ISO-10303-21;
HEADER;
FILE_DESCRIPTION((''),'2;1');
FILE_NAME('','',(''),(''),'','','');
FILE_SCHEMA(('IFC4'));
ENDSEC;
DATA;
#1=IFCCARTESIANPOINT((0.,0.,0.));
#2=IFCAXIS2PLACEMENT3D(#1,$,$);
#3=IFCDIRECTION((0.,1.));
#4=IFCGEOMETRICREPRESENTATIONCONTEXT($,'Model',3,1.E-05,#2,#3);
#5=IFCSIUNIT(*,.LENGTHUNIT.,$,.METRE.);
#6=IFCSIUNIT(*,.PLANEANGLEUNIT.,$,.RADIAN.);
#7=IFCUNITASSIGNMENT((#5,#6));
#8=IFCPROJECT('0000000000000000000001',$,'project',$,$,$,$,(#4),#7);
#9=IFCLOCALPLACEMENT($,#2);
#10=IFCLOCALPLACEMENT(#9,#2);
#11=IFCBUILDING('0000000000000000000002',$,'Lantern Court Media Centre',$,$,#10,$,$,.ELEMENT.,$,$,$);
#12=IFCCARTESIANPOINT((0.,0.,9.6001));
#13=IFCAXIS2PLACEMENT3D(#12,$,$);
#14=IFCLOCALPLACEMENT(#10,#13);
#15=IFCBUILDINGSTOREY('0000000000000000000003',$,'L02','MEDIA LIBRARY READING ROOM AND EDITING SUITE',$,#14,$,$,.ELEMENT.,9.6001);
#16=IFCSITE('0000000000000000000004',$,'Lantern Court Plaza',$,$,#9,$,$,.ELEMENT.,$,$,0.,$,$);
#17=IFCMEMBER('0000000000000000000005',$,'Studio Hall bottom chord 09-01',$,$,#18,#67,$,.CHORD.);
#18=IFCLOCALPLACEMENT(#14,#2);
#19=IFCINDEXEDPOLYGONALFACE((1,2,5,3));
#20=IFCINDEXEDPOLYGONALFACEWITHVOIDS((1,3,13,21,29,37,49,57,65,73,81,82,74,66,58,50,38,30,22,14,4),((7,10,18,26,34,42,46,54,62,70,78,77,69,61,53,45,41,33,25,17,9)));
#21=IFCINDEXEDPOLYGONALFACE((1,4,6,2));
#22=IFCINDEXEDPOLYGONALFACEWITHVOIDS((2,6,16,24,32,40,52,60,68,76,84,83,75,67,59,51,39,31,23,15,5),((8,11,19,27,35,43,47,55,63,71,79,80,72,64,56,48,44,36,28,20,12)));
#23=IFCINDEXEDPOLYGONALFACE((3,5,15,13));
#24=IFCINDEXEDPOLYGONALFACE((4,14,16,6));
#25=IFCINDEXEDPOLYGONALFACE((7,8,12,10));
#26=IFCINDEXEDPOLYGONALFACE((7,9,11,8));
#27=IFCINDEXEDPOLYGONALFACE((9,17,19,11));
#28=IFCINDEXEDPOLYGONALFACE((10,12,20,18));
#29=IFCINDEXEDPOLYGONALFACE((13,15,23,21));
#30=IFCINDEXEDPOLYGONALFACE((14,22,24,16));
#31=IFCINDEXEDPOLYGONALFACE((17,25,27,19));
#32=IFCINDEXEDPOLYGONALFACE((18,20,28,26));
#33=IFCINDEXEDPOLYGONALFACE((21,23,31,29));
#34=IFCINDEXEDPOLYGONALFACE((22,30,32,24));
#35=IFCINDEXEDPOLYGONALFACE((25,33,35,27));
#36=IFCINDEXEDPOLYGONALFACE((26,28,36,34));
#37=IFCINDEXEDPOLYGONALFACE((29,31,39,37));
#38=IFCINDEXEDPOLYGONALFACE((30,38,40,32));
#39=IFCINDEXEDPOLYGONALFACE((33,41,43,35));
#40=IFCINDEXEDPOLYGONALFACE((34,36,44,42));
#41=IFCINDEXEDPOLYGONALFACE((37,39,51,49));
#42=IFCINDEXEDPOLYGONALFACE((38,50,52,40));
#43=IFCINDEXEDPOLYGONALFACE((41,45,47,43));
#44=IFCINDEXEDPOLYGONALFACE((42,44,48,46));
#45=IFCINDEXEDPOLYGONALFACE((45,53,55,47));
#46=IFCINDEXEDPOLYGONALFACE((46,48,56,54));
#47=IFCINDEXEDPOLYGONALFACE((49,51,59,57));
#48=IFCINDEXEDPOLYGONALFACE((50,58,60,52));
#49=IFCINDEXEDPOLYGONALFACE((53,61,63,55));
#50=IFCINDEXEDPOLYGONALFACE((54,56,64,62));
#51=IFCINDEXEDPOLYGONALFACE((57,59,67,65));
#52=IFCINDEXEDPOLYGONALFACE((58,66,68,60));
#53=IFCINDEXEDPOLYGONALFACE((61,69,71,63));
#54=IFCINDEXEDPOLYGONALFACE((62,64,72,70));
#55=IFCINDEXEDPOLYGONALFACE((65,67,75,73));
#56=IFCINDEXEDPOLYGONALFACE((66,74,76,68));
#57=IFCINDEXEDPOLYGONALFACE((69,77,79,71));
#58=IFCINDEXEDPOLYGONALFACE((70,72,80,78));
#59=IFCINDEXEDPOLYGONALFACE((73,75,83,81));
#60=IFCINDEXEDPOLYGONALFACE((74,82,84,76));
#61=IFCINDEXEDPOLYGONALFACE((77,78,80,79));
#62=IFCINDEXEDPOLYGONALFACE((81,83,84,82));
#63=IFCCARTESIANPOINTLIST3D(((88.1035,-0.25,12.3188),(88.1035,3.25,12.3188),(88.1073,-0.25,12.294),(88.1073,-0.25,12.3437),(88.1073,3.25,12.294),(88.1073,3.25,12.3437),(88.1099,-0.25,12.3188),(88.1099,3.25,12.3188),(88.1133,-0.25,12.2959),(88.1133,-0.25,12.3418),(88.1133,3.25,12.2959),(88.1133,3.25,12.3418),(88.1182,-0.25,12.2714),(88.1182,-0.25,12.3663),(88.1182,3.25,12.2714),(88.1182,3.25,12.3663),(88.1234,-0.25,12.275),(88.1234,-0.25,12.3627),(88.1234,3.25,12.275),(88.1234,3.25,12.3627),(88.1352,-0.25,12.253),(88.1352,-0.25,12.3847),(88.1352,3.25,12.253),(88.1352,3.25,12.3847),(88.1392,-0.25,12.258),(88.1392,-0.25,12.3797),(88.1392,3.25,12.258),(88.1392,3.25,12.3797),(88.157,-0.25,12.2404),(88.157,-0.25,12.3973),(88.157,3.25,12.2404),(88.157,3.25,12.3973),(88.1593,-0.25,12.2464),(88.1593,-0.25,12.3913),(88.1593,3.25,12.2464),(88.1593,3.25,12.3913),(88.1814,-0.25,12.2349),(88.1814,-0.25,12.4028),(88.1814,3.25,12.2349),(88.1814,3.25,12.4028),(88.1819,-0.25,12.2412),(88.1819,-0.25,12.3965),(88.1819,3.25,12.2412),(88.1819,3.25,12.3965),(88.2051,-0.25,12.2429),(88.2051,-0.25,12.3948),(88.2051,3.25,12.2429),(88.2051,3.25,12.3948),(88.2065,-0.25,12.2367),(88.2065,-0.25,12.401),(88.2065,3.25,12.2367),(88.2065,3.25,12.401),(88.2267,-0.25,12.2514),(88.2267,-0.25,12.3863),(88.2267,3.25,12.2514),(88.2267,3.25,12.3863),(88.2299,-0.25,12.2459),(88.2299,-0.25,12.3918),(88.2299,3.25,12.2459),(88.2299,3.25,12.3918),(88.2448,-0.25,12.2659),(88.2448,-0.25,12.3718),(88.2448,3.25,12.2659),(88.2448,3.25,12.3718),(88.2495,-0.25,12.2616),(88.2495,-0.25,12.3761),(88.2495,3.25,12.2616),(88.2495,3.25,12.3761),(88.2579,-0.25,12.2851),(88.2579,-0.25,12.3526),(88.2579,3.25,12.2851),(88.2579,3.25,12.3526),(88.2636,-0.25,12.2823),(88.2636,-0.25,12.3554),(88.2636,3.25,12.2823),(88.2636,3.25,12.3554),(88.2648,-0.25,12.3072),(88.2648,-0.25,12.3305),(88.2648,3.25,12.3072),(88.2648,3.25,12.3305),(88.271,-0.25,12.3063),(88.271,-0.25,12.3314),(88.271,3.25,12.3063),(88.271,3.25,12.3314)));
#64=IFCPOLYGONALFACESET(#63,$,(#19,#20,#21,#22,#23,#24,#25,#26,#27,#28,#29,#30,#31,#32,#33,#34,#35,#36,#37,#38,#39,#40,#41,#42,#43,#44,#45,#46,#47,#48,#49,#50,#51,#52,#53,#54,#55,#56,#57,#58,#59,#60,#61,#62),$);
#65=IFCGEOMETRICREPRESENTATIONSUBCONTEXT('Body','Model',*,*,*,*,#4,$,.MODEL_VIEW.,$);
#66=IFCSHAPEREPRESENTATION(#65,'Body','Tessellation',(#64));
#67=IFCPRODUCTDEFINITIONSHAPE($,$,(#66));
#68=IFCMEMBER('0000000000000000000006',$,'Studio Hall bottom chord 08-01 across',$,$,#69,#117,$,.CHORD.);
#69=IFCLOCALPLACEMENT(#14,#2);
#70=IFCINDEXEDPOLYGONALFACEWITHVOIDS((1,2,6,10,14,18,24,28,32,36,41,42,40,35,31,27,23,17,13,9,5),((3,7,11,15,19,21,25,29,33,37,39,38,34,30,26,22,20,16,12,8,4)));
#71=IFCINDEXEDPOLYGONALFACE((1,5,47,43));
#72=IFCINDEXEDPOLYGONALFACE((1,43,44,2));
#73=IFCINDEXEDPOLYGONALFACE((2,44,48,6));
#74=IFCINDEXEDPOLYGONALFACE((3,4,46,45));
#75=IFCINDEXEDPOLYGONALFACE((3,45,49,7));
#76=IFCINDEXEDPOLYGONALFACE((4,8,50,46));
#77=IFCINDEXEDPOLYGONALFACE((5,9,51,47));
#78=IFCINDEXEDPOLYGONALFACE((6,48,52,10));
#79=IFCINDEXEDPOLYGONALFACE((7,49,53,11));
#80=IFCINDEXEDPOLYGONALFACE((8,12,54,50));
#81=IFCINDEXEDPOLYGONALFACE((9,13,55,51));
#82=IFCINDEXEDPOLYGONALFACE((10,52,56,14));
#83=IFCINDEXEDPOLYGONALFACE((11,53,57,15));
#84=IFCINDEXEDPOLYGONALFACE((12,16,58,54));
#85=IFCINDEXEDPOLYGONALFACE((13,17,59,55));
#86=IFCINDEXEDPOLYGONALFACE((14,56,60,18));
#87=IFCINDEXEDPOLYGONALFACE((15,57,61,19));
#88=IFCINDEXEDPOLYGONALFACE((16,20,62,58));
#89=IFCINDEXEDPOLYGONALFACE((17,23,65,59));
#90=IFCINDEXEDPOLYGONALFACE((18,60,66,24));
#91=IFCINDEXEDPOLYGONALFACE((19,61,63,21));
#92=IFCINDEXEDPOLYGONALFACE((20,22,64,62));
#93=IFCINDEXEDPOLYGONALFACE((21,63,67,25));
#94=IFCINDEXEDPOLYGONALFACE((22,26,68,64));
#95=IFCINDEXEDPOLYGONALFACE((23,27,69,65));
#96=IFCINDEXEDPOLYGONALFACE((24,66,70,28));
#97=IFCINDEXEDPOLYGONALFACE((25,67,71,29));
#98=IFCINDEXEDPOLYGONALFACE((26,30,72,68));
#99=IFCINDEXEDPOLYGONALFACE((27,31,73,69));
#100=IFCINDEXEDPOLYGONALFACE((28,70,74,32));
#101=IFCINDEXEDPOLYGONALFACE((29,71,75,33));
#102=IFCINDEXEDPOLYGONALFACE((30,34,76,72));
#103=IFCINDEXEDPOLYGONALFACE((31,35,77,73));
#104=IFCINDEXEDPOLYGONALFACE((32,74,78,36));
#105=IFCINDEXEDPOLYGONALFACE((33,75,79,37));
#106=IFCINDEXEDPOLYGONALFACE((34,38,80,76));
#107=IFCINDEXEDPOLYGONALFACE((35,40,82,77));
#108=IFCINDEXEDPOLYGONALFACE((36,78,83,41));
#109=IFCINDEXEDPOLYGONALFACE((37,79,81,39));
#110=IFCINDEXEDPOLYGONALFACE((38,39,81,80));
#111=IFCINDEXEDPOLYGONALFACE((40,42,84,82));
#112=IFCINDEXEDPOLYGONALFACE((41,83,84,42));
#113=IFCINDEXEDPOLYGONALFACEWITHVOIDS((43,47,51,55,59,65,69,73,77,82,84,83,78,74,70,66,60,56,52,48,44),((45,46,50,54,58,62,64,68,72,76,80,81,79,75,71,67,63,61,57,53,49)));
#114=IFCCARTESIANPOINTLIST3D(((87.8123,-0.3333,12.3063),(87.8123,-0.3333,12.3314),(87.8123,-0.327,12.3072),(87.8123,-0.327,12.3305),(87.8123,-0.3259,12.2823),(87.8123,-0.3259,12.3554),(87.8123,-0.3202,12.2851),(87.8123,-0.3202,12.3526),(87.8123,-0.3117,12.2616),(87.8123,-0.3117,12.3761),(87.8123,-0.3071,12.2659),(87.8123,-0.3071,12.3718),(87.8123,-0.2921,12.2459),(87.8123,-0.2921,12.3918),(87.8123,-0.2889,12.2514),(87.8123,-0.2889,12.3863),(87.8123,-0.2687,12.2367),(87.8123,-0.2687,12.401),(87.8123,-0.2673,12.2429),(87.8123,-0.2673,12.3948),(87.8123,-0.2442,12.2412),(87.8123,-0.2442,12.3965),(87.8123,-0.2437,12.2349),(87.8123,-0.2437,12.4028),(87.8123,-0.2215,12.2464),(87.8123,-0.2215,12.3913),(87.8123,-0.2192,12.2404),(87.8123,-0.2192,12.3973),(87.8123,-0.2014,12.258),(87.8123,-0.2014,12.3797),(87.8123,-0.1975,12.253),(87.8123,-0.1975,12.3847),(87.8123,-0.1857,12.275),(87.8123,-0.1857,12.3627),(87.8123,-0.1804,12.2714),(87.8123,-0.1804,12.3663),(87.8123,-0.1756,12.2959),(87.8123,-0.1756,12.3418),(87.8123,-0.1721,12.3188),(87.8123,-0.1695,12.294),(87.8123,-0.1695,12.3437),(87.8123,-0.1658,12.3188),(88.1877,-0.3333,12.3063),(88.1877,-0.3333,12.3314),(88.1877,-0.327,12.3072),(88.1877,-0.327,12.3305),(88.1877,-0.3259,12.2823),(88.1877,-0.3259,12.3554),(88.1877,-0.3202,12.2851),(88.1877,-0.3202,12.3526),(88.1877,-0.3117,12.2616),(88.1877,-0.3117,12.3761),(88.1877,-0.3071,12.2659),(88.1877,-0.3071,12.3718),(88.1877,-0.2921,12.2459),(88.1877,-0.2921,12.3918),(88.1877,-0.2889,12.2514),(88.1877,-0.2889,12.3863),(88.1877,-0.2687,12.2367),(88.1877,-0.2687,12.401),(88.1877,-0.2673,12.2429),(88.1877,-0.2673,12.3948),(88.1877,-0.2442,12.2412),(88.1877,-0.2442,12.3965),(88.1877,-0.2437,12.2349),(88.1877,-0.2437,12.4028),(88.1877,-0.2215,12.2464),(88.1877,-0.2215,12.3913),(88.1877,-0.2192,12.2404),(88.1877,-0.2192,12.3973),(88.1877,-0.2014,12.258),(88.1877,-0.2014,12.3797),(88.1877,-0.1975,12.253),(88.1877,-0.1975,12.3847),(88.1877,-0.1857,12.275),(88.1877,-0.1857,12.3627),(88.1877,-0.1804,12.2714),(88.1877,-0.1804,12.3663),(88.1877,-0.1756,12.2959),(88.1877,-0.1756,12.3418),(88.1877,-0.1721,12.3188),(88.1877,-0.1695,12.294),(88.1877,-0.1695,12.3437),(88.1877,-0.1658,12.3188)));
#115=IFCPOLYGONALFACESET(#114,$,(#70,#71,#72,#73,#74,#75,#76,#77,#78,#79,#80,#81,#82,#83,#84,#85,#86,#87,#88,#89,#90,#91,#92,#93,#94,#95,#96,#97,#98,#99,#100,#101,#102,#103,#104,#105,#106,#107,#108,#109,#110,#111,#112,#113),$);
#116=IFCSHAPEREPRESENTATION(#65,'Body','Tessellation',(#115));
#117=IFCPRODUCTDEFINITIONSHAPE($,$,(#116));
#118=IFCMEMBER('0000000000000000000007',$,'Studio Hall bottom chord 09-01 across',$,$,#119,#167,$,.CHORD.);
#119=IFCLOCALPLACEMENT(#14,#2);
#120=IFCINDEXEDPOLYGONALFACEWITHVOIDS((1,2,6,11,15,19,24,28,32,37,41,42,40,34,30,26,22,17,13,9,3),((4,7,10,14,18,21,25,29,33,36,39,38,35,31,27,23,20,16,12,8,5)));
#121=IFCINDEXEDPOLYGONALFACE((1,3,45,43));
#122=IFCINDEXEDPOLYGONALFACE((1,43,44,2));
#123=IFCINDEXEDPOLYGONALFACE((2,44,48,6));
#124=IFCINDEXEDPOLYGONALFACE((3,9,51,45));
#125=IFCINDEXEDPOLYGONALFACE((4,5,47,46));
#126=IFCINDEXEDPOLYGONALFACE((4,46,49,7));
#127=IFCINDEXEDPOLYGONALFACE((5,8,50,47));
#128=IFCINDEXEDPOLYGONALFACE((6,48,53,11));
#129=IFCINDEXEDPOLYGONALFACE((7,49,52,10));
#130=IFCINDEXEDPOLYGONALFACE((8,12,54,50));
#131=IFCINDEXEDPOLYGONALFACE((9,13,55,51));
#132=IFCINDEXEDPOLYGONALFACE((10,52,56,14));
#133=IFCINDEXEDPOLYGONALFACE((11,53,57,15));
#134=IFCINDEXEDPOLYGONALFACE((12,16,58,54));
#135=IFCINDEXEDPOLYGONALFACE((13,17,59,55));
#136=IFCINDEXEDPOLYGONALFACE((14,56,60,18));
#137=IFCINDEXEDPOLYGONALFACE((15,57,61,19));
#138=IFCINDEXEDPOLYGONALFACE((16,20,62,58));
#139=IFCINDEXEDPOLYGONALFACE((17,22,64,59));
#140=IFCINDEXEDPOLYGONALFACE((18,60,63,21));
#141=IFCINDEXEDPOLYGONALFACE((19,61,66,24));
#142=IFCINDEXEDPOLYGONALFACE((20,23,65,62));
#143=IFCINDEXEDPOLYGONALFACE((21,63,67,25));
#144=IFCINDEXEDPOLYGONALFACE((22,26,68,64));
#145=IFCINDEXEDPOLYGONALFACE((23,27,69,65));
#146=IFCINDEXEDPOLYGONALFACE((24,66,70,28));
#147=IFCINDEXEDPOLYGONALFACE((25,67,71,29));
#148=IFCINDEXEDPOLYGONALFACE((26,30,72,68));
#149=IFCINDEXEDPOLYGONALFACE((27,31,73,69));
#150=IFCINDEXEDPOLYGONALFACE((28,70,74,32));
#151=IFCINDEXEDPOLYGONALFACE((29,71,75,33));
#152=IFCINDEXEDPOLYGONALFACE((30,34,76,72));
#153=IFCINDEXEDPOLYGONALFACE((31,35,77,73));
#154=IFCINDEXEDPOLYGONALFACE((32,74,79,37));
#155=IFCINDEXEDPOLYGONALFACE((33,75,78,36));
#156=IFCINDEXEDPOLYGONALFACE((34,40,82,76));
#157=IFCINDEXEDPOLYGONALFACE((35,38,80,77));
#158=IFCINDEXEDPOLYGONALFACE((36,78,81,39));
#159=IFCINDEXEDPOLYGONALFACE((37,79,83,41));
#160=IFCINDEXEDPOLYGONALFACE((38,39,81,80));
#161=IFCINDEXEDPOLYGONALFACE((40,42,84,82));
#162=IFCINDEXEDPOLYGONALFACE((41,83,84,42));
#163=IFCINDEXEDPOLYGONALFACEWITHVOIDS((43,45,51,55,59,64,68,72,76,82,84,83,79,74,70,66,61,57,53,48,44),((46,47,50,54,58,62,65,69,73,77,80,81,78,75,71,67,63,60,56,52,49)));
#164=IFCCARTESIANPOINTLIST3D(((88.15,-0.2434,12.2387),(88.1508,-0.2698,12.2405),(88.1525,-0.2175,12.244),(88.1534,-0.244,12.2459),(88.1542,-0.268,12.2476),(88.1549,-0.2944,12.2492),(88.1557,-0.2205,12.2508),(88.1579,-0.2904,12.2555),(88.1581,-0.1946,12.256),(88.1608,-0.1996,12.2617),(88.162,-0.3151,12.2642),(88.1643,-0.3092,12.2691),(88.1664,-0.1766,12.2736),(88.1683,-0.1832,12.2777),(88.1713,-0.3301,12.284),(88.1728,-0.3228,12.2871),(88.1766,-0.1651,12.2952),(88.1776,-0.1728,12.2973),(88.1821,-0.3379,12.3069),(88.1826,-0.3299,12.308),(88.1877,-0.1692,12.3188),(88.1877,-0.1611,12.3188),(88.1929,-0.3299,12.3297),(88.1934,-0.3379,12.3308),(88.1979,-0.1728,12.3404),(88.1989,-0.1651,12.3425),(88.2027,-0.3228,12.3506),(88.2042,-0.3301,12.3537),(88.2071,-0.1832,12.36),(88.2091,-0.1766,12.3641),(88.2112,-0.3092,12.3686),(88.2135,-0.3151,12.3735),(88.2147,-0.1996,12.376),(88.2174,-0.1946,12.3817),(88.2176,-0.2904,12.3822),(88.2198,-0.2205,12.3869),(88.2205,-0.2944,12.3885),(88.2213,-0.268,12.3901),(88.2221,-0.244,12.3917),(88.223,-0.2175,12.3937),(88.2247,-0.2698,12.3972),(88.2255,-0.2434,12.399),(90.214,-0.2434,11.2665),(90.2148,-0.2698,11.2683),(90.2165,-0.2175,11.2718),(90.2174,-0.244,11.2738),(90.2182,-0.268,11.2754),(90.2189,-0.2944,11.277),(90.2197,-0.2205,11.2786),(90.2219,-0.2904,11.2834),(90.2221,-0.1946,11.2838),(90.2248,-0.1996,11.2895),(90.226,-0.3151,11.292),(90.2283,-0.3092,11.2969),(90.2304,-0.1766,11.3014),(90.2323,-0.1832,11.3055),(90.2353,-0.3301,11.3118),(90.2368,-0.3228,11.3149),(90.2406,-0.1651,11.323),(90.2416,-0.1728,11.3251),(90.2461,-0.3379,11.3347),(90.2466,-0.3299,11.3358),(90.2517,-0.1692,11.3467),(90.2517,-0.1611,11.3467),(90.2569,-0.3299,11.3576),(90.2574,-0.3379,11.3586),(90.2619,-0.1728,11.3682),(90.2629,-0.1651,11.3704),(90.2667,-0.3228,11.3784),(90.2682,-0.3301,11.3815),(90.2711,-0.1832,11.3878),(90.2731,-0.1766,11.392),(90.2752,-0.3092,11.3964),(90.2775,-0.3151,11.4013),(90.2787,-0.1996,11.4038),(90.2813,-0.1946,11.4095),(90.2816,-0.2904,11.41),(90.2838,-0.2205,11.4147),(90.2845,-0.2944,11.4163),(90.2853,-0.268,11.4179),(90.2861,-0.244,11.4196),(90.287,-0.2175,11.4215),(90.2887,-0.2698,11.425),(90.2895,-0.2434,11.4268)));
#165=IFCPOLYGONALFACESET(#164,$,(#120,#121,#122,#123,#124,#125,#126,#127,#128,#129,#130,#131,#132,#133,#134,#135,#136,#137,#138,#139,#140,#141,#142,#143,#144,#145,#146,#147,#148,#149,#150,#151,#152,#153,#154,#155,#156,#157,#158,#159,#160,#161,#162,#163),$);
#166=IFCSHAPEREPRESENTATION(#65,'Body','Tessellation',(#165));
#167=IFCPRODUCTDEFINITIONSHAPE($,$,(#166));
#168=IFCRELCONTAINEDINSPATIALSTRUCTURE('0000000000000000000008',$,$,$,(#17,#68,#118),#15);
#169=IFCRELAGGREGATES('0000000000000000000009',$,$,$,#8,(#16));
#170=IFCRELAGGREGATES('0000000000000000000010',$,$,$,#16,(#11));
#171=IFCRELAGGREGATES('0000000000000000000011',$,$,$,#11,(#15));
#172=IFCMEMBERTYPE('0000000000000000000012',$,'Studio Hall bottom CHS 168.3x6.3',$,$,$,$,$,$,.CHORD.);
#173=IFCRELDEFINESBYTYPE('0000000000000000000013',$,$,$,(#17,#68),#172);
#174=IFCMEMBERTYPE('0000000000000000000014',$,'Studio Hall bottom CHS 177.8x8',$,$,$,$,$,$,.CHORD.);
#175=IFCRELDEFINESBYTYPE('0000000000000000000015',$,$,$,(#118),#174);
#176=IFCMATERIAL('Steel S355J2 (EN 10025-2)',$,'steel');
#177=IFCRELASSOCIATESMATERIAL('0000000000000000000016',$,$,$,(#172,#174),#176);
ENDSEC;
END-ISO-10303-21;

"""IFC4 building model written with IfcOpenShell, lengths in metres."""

from ifc_helpers import new_model, si_unit, direction, frame, origin, origin_2d, place, context, subcontext, project, spatial, hollow_circle, extrude, material, material_profile, profile_set, type_object, element, save


model = new_model("IFC4")

# Units and contexts
model_context = context("Model", 3, precision=1e-05, world=origin(), true_north=direction((0.0, 1.0)))
body_context = subcontext(model_context, "Body", "Model", "MODEL_VIEW")
ifc_project = project(units=[si_unit("LENGTHUNIT", "METRE"), si_unit("PLANEANGLEUNIT", "RADIAN")], contexts=[model_context])

# Site, building, storey
site_placement = place(None, origin())
site = spatial("IfcSite", under=ifc_project, at=site_placement, Name="Lantern Court Plaza", CompositionType="ELEMENT", RefElevation=0.0)
building_placement = place(site_placement, origin())
building = spatial("IfcBuilding", under=site, at=building_placement, Name="Lantern Court Media Centre", CompositionType="ELEMENT")
storey_placement = place(building_placement, frame((0.0, 0.0, 9.6001)))
storey = spatial("IfcBuildingStorey", under=building, at=storey_placement, Name="L02", Description="MEDIA LIBRARY READING ROOM AND EDITING SUITE", CompositionType="ELEMENT", Elevation=9.6001)

# Members
ifc_material = material(Name="Steel S355J2 (EN 10025-2)", Category="steel")
ifc_material_profile_1 = material_profile(ifc_material, hollow_circle(Radius=0.0842, WallThickness=0.0063, at=origin_2d()), Name="Studio Hall bottom CHS 168.3x6.3")
ifc_profile_set_1 = profile_set([ifc_material_profile_1], Name="Steel S355J2 (EN 10025-2)")
member_type_1 = type_object("IfcMemberType", Name="Studio Hall bottom CHS 168.3x6.3", PredefinedType="CHORD", material=ifc_profile_set_1)
member_1_placement = place(storey_placement, frame((88.1877, -0.25, 12.3188), z_axis=(0.0, 1.0, 0.0), x_axis=(-1.0, 0.0, 0.0)))
element("IfcMember", 1, at=member_1_placement, inside=storey, type_object=member_type_1, Name="Studio Hall bottom chord 09-01", PredefinedType="CHORD", context=body_context, shape_type="SweptSolid", body=[
    extrude(hollow_circle(Radius=0.0842, WallThickness=0.0063, at=origin_2d()), origin(), (0.0, 0.0, 1.0), 3.5),
])
member_2_placement = place(storey_placement, frame((87.8123, -0.25, 12.3188), z_axis=(1.0, 0.0, 0.0), x_axis=(0.0, 1.0, 0.0)))
element("IfcMember", 2, at=member_2_placement, inside=storey, type_object=member_type_1, Name="Studio Hall bottom chord 08-01 across", PredefinedType="CHORD", context=body_context, shape_type="SweptSolid", body=[
    extrude(hollow_circle(Radius=0.0842, WallThickness=0.0063, at=origin_2d()), origin(), (0.0, 0.0, 1.0), 0.3755),
])
ifc_material_profile_2 = material_profile(ifc_material, hollow_circle(Radius=0.0889, WallThickness=0.0081, at=origin_2d()), Name="Studio Hall bottom CHS 177.8x8")
ifc_profile_set_2 = profile_set([ifc_material_profile_2], Name="Steel S355J2 (EN 10025-2)")
member_type_2 = type_object("IfcMemberType", Name="Studio Hall bottom CHS 177.8x8", PredefinedType="CHORD", material=ifc_profile_set_2)
member_3_placement = place(storey_placement, frame((88.1877, -0.25, 12.3188), z_axis=(0.904668, 0.0, -0.426117), x_axis=(0.0, 1.0, 0.0)))
element("IfcMember", 3, at=member_3_placement, inside=storey, type_object=member_type_2, Name="Studio Hall bottom chord 09-01 across", PredefinedType="CHORD", context=body_context, shape_type="SweptSolid", body=[
    extrude(hollow_circle(Radius=0.0889, WallThickness=0.0081, at=origin_2d()), origin(), (0.0, 0.0, 1.0), 2.2815),
])

save(model, "model.ifc")
